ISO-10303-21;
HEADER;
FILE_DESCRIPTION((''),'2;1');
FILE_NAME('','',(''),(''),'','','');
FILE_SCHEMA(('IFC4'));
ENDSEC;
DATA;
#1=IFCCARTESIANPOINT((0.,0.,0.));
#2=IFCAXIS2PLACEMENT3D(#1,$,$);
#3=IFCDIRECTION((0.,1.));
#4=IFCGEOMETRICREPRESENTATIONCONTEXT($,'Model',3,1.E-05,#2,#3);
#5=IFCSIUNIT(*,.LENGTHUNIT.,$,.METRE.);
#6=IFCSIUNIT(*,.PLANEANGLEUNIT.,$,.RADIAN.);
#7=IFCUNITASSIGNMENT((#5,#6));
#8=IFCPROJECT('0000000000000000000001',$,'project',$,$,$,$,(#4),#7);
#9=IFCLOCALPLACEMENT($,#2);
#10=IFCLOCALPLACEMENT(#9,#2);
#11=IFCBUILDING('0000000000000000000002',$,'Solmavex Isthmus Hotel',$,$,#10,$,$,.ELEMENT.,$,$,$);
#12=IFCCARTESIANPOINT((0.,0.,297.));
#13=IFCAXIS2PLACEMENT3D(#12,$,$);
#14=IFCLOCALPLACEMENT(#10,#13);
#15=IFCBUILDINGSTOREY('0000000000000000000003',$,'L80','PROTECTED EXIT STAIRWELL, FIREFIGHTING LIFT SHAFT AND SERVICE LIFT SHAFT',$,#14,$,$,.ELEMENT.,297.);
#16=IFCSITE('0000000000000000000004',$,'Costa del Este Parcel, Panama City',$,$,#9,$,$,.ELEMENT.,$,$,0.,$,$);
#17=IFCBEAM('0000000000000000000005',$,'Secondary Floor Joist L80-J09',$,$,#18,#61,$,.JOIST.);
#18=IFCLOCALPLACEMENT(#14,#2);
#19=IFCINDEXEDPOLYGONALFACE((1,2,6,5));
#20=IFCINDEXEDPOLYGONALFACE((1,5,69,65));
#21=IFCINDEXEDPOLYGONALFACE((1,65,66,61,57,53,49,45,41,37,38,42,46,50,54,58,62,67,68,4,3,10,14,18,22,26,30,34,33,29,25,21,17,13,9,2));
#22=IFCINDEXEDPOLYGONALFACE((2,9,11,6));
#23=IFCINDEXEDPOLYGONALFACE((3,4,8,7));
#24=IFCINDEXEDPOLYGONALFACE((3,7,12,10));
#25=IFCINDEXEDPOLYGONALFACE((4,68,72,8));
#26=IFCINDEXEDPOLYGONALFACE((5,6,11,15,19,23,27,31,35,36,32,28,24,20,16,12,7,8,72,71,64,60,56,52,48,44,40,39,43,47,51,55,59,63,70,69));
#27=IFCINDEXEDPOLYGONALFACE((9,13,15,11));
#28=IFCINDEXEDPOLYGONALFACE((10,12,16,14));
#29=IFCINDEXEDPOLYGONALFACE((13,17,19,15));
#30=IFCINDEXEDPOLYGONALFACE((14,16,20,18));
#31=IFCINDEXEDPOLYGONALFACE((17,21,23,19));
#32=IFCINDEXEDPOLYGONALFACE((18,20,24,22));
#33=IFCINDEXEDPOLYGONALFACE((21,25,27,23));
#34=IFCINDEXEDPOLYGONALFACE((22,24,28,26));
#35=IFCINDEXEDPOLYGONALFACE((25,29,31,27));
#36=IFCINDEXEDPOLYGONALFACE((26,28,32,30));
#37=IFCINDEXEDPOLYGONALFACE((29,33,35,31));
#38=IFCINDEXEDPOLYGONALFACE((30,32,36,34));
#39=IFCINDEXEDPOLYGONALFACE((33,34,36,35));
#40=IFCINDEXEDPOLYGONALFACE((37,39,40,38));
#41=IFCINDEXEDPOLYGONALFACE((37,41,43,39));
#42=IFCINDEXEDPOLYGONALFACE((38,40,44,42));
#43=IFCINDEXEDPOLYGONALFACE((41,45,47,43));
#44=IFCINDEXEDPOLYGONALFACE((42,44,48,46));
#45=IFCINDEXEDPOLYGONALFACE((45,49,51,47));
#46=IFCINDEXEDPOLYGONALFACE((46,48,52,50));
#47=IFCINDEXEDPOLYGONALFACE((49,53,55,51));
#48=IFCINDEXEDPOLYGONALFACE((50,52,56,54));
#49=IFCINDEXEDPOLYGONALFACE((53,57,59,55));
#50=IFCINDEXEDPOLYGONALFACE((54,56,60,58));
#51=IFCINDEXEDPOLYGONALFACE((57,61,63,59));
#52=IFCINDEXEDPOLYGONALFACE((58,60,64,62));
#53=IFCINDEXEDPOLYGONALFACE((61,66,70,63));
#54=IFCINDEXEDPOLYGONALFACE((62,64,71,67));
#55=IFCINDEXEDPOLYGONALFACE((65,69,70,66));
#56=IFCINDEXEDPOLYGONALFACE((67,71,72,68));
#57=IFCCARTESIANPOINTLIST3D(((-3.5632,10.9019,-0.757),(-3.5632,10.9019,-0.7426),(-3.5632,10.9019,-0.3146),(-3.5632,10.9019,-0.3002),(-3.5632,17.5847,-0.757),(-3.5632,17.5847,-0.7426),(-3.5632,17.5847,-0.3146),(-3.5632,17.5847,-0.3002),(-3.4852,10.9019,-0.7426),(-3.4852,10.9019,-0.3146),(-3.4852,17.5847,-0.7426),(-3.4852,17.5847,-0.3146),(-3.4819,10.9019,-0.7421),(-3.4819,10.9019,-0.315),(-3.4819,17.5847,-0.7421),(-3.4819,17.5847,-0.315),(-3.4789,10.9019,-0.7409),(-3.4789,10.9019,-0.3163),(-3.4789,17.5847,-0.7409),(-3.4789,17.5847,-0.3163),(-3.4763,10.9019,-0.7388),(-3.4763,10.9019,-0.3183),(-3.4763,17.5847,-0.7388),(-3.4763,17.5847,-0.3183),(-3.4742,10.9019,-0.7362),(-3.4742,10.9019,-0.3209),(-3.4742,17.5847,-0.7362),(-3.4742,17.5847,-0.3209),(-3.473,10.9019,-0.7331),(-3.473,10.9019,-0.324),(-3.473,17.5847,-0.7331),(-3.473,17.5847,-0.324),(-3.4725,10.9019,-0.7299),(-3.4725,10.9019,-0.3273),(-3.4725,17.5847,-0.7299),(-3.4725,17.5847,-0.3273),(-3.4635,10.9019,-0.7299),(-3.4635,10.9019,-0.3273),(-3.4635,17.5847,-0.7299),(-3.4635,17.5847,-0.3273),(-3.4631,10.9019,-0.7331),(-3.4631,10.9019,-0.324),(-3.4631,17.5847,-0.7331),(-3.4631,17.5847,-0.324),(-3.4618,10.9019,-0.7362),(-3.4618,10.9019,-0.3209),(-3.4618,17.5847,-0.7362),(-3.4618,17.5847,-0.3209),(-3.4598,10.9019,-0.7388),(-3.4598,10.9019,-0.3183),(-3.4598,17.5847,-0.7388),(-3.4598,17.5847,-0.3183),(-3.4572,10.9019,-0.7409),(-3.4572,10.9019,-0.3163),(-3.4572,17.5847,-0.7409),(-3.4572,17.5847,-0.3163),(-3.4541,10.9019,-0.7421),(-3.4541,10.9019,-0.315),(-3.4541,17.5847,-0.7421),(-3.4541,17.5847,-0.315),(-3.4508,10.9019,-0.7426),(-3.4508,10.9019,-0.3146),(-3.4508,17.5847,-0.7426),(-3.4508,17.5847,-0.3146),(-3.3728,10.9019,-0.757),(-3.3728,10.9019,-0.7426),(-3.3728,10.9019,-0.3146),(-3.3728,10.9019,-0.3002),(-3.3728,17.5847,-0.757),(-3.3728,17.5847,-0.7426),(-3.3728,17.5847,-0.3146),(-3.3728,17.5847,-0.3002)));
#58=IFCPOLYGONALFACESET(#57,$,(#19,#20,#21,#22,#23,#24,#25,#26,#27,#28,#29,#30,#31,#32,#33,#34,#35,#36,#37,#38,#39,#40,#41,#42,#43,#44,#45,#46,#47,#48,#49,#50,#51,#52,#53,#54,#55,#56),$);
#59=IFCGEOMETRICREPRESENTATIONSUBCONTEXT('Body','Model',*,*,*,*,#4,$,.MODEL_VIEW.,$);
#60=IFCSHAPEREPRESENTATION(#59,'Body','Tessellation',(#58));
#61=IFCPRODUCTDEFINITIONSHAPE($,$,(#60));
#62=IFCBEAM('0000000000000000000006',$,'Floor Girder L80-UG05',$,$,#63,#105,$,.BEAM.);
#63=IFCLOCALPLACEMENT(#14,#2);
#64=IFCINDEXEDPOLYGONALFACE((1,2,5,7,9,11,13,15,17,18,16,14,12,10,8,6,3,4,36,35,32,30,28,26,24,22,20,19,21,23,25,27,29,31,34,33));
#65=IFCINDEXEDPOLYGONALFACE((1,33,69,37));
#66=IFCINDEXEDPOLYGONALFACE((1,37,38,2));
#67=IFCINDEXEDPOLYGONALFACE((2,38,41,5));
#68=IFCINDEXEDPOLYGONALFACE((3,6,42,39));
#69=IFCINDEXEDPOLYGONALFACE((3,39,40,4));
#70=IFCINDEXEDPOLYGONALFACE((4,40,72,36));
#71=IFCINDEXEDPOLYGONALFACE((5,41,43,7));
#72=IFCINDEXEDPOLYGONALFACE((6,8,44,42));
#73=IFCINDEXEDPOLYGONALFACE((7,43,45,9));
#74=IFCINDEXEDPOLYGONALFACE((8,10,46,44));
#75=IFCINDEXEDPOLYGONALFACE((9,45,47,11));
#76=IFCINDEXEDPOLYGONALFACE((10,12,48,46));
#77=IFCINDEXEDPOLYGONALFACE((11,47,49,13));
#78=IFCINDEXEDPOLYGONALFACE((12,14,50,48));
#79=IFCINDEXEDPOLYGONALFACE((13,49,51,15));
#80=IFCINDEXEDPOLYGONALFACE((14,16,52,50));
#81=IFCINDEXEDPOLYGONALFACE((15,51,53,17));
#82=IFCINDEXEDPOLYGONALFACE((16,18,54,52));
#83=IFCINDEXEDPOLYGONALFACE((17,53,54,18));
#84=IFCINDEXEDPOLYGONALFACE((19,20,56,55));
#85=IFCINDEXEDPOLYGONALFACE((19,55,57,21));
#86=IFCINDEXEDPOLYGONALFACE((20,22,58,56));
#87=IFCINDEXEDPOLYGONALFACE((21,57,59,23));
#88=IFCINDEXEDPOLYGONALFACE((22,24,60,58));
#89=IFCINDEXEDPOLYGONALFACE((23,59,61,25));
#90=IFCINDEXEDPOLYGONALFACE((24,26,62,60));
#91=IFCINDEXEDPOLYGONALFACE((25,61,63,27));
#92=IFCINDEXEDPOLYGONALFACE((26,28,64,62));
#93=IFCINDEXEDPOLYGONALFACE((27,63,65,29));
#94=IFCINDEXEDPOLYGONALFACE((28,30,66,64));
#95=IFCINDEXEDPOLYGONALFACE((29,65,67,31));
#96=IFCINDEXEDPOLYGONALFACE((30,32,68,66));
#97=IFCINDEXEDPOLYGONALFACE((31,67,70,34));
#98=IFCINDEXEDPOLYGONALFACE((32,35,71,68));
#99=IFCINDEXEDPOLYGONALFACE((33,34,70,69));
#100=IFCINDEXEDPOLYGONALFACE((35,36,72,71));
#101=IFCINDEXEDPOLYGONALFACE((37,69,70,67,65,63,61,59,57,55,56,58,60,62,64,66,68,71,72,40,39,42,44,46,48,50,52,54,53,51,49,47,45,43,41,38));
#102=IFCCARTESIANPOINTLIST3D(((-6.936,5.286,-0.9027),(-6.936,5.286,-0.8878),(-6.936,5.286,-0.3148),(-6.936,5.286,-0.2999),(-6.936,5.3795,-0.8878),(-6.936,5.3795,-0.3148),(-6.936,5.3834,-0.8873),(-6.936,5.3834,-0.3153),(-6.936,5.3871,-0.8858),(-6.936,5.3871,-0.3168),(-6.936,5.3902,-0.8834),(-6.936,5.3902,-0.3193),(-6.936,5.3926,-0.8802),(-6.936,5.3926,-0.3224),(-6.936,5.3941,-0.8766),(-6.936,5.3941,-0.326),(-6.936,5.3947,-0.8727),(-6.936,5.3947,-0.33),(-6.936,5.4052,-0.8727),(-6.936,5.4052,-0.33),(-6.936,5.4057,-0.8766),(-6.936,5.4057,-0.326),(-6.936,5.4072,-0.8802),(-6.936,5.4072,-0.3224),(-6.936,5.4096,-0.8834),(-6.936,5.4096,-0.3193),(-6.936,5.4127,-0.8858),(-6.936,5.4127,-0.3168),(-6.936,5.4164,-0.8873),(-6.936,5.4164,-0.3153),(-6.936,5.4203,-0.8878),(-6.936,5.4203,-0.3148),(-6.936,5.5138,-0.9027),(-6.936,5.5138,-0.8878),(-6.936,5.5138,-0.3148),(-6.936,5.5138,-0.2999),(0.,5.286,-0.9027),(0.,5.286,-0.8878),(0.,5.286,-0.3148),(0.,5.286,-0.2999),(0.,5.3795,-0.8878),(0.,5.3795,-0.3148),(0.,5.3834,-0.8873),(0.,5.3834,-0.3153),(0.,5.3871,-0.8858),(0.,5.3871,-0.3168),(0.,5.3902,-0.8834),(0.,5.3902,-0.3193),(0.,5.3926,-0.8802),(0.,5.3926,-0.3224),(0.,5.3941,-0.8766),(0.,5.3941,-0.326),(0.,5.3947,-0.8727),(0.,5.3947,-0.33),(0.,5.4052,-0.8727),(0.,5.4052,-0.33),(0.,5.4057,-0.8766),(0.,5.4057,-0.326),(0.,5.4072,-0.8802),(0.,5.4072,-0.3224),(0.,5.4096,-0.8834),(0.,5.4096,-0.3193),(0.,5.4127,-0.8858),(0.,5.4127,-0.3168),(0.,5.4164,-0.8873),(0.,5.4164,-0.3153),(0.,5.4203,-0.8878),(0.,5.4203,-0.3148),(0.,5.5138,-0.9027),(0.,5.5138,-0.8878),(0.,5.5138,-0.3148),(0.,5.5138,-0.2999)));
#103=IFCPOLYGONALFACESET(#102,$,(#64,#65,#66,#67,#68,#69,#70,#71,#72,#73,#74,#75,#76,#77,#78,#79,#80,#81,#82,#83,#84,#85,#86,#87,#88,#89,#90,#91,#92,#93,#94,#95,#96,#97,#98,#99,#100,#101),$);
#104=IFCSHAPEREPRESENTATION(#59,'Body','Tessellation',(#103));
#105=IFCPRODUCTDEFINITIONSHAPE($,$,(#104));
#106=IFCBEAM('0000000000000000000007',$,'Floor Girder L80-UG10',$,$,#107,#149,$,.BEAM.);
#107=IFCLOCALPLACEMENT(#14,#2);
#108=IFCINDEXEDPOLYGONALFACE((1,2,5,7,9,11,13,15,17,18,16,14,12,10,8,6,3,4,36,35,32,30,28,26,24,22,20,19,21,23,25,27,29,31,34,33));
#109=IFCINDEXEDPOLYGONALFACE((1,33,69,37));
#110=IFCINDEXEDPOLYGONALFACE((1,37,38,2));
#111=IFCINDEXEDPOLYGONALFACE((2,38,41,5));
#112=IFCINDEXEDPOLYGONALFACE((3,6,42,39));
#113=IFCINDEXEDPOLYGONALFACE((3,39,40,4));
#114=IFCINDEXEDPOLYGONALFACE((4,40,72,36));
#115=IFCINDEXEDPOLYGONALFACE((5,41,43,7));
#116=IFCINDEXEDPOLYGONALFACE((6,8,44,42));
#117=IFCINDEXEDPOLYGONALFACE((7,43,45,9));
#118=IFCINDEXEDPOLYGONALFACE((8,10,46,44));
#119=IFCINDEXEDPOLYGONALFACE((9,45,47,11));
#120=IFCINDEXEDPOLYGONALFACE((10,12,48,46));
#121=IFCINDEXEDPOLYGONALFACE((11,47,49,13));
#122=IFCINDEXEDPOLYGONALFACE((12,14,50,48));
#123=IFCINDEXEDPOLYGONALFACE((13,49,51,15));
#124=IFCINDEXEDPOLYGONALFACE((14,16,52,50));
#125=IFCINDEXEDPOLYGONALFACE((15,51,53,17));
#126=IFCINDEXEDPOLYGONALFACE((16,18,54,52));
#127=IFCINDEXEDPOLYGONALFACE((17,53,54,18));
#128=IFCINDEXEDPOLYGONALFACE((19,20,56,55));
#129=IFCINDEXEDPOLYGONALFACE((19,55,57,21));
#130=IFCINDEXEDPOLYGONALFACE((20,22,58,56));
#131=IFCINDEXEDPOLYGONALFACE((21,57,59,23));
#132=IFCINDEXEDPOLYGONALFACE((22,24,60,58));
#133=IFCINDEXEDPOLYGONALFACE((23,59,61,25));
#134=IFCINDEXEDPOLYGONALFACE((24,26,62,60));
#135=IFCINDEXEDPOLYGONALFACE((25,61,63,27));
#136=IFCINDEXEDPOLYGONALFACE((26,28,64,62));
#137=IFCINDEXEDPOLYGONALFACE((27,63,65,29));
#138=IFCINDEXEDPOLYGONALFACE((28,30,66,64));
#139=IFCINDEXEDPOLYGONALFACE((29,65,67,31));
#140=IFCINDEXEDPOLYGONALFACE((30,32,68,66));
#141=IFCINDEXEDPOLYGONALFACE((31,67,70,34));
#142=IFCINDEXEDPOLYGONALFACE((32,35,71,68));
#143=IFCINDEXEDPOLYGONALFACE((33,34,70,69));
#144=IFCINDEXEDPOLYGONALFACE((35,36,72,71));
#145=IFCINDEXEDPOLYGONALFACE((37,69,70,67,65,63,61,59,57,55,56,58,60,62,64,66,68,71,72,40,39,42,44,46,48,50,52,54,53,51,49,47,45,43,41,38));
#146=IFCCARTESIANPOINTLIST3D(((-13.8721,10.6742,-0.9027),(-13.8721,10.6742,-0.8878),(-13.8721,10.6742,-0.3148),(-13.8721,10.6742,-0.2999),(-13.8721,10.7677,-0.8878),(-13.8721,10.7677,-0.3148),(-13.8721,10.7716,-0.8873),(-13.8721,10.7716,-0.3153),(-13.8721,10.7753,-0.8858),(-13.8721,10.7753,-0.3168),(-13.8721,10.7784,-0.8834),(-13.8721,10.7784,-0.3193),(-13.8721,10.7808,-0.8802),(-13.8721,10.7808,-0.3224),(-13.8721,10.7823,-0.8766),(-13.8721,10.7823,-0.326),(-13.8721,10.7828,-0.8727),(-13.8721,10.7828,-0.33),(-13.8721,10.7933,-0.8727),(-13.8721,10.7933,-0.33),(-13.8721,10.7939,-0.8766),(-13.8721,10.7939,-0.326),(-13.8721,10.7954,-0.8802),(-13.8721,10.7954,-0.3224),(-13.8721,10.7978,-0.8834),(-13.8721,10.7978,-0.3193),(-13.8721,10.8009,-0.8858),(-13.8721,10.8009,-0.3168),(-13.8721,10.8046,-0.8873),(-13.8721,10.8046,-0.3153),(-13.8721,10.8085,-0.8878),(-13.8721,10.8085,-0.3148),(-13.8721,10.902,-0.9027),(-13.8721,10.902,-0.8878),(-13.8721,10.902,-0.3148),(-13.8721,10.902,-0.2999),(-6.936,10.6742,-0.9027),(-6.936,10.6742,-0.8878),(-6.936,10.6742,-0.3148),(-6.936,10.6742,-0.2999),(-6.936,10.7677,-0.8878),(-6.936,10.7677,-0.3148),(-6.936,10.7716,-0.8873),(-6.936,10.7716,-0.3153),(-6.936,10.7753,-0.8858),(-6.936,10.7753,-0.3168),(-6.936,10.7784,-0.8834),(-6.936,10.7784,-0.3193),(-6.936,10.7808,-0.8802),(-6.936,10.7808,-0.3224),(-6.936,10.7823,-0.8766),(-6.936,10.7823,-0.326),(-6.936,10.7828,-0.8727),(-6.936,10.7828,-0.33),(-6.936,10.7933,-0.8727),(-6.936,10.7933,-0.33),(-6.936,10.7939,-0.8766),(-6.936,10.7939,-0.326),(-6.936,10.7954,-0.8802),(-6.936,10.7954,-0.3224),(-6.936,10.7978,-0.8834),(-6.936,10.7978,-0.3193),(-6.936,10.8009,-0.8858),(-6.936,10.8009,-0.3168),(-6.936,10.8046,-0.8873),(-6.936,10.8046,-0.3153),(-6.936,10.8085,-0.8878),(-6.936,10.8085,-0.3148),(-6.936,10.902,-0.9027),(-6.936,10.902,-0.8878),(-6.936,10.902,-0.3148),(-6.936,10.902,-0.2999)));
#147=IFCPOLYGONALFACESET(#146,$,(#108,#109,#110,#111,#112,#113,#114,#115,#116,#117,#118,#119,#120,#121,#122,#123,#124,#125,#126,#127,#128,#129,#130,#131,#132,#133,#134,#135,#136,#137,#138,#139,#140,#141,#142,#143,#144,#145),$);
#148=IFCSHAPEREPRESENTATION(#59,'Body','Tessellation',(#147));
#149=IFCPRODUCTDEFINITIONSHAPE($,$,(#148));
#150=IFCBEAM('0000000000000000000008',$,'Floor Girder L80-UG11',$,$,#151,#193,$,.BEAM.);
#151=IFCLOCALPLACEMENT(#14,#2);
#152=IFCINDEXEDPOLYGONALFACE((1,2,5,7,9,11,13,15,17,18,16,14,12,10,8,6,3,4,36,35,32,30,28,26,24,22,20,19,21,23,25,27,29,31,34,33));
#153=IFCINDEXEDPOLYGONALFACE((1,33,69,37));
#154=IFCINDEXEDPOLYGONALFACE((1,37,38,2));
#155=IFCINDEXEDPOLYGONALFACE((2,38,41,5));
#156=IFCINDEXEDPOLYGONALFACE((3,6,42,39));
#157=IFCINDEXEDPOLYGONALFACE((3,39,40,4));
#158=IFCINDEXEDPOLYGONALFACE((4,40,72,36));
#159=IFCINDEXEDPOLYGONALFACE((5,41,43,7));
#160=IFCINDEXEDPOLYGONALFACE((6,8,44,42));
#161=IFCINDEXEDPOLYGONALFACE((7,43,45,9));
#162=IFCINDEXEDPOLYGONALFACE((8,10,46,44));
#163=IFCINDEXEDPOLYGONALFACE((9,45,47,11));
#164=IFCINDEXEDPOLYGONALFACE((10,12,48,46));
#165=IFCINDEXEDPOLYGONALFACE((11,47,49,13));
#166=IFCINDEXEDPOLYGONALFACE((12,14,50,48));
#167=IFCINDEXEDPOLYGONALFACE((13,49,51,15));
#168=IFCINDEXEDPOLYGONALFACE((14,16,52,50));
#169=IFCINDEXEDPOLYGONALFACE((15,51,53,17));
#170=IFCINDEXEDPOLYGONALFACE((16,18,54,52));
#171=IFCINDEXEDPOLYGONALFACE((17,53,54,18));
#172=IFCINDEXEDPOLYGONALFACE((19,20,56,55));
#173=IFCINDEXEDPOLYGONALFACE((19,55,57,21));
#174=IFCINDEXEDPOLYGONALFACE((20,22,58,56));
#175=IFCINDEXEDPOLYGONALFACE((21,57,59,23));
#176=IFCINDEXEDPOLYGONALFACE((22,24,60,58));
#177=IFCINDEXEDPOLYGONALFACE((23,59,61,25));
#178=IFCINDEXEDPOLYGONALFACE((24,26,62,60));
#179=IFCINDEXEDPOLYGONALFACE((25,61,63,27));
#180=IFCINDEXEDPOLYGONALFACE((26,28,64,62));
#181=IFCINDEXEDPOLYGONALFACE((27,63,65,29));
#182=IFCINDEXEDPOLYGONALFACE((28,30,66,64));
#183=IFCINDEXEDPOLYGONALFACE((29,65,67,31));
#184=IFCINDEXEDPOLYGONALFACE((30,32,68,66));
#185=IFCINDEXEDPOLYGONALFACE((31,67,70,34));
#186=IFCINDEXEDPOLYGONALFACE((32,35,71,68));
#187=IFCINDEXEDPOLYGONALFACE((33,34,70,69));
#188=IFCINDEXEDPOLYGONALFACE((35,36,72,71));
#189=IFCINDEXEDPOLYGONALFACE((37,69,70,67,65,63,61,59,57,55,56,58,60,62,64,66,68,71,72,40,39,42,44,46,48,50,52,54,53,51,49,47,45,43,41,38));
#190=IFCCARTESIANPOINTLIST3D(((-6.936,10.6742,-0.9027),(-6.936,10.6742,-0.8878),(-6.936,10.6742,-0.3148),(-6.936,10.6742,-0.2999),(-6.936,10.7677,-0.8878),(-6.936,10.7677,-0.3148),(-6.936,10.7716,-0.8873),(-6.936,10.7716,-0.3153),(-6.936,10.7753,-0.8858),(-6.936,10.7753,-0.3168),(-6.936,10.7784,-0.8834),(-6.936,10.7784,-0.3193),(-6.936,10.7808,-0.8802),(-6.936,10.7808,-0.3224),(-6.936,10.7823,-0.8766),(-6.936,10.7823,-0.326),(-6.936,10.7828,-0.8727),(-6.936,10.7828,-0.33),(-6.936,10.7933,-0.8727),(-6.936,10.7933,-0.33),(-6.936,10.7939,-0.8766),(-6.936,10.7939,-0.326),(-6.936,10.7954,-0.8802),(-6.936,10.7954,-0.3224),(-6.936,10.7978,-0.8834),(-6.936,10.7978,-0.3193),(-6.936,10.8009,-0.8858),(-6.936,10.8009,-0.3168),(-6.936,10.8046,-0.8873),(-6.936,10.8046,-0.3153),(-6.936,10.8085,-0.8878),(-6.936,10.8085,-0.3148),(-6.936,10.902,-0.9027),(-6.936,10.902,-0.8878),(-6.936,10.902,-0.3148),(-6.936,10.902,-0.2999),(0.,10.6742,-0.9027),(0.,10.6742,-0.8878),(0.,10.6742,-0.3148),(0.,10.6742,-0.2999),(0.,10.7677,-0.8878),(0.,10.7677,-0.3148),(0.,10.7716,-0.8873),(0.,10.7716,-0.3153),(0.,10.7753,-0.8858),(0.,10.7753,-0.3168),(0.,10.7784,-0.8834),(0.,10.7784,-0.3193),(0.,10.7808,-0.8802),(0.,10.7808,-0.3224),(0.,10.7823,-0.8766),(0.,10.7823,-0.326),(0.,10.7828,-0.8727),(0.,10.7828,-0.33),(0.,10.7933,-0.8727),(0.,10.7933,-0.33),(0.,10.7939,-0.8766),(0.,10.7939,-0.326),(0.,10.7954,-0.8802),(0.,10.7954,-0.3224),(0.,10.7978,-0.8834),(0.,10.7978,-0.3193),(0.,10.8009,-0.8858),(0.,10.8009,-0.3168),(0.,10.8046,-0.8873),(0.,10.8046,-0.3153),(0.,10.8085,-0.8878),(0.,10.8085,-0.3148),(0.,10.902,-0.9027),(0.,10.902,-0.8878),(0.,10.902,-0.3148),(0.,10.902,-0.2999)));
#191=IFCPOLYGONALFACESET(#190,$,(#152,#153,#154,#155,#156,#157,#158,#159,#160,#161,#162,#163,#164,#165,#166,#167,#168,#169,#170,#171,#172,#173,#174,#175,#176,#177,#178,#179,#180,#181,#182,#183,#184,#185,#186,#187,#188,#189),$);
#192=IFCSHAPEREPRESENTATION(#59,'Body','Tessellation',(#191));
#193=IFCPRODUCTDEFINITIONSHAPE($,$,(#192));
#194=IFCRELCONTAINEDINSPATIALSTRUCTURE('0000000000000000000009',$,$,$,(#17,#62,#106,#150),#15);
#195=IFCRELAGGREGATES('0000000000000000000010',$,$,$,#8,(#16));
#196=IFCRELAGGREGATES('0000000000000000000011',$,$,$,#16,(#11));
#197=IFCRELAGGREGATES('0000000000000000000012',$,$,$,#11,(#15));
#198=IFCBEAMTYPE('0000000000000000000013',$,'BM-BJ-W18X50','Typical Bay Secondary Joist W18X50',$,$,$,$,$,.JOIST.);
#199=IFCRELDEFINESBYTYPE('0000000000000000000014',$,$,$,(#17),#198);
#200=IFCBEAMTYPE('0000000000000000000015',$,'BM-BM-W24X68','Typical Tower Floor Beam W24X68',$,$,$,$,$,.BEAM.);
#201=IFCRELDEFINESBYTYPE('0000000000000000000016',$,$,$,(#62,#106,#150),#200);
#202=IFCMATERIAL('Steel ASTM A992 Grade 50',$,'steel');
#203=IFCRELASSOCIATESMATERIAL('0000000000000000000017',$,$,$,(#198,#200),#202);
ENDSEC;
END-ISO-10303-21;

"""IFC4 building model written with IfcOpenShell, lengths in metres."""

from ifc_helpers import new_model, si_unit, direction, frame, origin, origin_2d, place, context, subcontext, project, spatial, i_section, extrude, material, material_profile, profile_set, type_object, element, save


model = new_model("IFC4")

# Units and contexts
model_context = context("Model", 3, precision=1e-05, world=origin(), true_north=direction((0.0, 1.0)))
body_context = subcontext(model_context, "Body", "Model", "MODEL_VIEW")
ifc_project = project(units=[si_unit("LENGTHUNIT", "METRE"), si_unit("PLANEANGLEUNIT", "RADIAN")], contexts=[model_context])

# Site, building, storey
site_placement = place(None, origin())
site = spatial("IfcSite", under=ifc_project, at=site_placement, Name="Costa del Este Parcel, Panama City", CompositionType="ELEMENT", RefElevation=0.0)
building_placement = place(site_placement, origin())
building = spatial("IfcBuilding", under=site, at=building_placement, Name="Solmavex Isthmus Hotel", CompositionType="ELEMENT")
storey_placement = place(building_placement, frame((0.0, 0.0, 297.0)))
storey = spatial("IfcBuildingStorey", under=building, at=storey_placement, Name="L80", Description="PROTECTED EXIT STAIRWELL, FIREFIGHTING LIFT SHAFT AND SERVICE LIFT SHAFT", CompositionType="ELEMENT", Elevation=297.0)

# Beams
ifc_material_1 = material(Name="Steel ASTM A992 Grade 50", Category="steel")
ifc_material_profile_1 = material_profile(ifc_material_1, i_section(OverallWidth=0.1904, OverallDepth=0.4568, WebThickness=0.009, FlangeThickness=0.0144, FilletRadius=0.0127, at=origin_2d()), Name="W18X50")
ifc_profile_set_1 = profile_set([ifc_material_profile_1], Name="Steel ASTM A992 Grade 50")
beam_type_1 = type_object("IfcBeamType", Name="BM-BJ-W18X50", Description="Typical Bay Secondary Joist W18X50", PredefinedType="JOIST", material=ifc_profile_set_1)
beam_1_placement = place(storey_placement, frame((-3.468, 10.9019, -0.5286), z_axis=(0.0, 1.0, 0.0), x_axis=(-1.0, 0.0, 0.0)))
element("IfcBeam", 1, at=beam_1_placement, inside=storey, type_object=beam_type_1, Name="Secondary Floor Joist L80-J09", PredefinedType="JOIST", context=body_context, shape_type="SweptSolid", body=[
    extrude(i_section(OverallWidth=0.1904, OverallDepth=0.4568, WebThickness=0.009, FlangeThickness=0.0144, FilletRadius=0.0127, at=origin_2d()), origin(), (0.0, 0.0, 1.0), 6.6829),
])
ifc_material_profile_2 = material_profile(ifc_material_1, i_section(OverallWidth=0.2278, OverallDepth=0.6028, WebThickness=0.0105, FlangeThickness=0.0149, FilletRadius=0.0151, at=origin_2d()), Name="W24X68")
ifc_profile_set_2 = profile_set([ifc_material_profile_2], Name="Steel ASTM A992 Grade 50")
beam_type_2 = type_object("IfcBeamType", Name="BM-BM-W24X68", Description="Typical Tower Floor Beam W24X68", PredefinedType="BEAM", material=ifc_profile_set_2)
for number, where, z_axis, x_axis, name in (
    (2, (-6.936, 5.3999, -0.6013), (1.0, 0.0, 0.0), (0.0, 1.0, 0.0), "Floor Girder L80-UG05"),
    (3, (-13.8721, 10.7881, -0.6013), (1.0, 0.0, 0.0), (0.0, 1.0, 0.0), "Floor Girder L80-UG10"),
    (4, (-6.936, 10.7881, -0.6013), (1.0, 0.0, 0.0), (0.0, 1.0, 0.0), "Floor Girder L80-UG11"),
):
    element("IfcBeam", number, at=place(storey_placement, frame(where, z_axis=z_axis, x_axis=x_axis)), inside=storey, type_object=beam_type_2, Name=name, PredefinedType="BEAM", context=body_context, shape_type="SweptSolid", body=[
        extrude(i_section(OverallWidth=0.2278, OverallDepth=0.6028, WebThickness=0.0105, FlangeThickness=0.0149, FilletRadius=0.0151, at=origin_2d()), origin(), (0.0, 0.0, 1.0), 6.936),
    ])

save(model, "model.ifc")
